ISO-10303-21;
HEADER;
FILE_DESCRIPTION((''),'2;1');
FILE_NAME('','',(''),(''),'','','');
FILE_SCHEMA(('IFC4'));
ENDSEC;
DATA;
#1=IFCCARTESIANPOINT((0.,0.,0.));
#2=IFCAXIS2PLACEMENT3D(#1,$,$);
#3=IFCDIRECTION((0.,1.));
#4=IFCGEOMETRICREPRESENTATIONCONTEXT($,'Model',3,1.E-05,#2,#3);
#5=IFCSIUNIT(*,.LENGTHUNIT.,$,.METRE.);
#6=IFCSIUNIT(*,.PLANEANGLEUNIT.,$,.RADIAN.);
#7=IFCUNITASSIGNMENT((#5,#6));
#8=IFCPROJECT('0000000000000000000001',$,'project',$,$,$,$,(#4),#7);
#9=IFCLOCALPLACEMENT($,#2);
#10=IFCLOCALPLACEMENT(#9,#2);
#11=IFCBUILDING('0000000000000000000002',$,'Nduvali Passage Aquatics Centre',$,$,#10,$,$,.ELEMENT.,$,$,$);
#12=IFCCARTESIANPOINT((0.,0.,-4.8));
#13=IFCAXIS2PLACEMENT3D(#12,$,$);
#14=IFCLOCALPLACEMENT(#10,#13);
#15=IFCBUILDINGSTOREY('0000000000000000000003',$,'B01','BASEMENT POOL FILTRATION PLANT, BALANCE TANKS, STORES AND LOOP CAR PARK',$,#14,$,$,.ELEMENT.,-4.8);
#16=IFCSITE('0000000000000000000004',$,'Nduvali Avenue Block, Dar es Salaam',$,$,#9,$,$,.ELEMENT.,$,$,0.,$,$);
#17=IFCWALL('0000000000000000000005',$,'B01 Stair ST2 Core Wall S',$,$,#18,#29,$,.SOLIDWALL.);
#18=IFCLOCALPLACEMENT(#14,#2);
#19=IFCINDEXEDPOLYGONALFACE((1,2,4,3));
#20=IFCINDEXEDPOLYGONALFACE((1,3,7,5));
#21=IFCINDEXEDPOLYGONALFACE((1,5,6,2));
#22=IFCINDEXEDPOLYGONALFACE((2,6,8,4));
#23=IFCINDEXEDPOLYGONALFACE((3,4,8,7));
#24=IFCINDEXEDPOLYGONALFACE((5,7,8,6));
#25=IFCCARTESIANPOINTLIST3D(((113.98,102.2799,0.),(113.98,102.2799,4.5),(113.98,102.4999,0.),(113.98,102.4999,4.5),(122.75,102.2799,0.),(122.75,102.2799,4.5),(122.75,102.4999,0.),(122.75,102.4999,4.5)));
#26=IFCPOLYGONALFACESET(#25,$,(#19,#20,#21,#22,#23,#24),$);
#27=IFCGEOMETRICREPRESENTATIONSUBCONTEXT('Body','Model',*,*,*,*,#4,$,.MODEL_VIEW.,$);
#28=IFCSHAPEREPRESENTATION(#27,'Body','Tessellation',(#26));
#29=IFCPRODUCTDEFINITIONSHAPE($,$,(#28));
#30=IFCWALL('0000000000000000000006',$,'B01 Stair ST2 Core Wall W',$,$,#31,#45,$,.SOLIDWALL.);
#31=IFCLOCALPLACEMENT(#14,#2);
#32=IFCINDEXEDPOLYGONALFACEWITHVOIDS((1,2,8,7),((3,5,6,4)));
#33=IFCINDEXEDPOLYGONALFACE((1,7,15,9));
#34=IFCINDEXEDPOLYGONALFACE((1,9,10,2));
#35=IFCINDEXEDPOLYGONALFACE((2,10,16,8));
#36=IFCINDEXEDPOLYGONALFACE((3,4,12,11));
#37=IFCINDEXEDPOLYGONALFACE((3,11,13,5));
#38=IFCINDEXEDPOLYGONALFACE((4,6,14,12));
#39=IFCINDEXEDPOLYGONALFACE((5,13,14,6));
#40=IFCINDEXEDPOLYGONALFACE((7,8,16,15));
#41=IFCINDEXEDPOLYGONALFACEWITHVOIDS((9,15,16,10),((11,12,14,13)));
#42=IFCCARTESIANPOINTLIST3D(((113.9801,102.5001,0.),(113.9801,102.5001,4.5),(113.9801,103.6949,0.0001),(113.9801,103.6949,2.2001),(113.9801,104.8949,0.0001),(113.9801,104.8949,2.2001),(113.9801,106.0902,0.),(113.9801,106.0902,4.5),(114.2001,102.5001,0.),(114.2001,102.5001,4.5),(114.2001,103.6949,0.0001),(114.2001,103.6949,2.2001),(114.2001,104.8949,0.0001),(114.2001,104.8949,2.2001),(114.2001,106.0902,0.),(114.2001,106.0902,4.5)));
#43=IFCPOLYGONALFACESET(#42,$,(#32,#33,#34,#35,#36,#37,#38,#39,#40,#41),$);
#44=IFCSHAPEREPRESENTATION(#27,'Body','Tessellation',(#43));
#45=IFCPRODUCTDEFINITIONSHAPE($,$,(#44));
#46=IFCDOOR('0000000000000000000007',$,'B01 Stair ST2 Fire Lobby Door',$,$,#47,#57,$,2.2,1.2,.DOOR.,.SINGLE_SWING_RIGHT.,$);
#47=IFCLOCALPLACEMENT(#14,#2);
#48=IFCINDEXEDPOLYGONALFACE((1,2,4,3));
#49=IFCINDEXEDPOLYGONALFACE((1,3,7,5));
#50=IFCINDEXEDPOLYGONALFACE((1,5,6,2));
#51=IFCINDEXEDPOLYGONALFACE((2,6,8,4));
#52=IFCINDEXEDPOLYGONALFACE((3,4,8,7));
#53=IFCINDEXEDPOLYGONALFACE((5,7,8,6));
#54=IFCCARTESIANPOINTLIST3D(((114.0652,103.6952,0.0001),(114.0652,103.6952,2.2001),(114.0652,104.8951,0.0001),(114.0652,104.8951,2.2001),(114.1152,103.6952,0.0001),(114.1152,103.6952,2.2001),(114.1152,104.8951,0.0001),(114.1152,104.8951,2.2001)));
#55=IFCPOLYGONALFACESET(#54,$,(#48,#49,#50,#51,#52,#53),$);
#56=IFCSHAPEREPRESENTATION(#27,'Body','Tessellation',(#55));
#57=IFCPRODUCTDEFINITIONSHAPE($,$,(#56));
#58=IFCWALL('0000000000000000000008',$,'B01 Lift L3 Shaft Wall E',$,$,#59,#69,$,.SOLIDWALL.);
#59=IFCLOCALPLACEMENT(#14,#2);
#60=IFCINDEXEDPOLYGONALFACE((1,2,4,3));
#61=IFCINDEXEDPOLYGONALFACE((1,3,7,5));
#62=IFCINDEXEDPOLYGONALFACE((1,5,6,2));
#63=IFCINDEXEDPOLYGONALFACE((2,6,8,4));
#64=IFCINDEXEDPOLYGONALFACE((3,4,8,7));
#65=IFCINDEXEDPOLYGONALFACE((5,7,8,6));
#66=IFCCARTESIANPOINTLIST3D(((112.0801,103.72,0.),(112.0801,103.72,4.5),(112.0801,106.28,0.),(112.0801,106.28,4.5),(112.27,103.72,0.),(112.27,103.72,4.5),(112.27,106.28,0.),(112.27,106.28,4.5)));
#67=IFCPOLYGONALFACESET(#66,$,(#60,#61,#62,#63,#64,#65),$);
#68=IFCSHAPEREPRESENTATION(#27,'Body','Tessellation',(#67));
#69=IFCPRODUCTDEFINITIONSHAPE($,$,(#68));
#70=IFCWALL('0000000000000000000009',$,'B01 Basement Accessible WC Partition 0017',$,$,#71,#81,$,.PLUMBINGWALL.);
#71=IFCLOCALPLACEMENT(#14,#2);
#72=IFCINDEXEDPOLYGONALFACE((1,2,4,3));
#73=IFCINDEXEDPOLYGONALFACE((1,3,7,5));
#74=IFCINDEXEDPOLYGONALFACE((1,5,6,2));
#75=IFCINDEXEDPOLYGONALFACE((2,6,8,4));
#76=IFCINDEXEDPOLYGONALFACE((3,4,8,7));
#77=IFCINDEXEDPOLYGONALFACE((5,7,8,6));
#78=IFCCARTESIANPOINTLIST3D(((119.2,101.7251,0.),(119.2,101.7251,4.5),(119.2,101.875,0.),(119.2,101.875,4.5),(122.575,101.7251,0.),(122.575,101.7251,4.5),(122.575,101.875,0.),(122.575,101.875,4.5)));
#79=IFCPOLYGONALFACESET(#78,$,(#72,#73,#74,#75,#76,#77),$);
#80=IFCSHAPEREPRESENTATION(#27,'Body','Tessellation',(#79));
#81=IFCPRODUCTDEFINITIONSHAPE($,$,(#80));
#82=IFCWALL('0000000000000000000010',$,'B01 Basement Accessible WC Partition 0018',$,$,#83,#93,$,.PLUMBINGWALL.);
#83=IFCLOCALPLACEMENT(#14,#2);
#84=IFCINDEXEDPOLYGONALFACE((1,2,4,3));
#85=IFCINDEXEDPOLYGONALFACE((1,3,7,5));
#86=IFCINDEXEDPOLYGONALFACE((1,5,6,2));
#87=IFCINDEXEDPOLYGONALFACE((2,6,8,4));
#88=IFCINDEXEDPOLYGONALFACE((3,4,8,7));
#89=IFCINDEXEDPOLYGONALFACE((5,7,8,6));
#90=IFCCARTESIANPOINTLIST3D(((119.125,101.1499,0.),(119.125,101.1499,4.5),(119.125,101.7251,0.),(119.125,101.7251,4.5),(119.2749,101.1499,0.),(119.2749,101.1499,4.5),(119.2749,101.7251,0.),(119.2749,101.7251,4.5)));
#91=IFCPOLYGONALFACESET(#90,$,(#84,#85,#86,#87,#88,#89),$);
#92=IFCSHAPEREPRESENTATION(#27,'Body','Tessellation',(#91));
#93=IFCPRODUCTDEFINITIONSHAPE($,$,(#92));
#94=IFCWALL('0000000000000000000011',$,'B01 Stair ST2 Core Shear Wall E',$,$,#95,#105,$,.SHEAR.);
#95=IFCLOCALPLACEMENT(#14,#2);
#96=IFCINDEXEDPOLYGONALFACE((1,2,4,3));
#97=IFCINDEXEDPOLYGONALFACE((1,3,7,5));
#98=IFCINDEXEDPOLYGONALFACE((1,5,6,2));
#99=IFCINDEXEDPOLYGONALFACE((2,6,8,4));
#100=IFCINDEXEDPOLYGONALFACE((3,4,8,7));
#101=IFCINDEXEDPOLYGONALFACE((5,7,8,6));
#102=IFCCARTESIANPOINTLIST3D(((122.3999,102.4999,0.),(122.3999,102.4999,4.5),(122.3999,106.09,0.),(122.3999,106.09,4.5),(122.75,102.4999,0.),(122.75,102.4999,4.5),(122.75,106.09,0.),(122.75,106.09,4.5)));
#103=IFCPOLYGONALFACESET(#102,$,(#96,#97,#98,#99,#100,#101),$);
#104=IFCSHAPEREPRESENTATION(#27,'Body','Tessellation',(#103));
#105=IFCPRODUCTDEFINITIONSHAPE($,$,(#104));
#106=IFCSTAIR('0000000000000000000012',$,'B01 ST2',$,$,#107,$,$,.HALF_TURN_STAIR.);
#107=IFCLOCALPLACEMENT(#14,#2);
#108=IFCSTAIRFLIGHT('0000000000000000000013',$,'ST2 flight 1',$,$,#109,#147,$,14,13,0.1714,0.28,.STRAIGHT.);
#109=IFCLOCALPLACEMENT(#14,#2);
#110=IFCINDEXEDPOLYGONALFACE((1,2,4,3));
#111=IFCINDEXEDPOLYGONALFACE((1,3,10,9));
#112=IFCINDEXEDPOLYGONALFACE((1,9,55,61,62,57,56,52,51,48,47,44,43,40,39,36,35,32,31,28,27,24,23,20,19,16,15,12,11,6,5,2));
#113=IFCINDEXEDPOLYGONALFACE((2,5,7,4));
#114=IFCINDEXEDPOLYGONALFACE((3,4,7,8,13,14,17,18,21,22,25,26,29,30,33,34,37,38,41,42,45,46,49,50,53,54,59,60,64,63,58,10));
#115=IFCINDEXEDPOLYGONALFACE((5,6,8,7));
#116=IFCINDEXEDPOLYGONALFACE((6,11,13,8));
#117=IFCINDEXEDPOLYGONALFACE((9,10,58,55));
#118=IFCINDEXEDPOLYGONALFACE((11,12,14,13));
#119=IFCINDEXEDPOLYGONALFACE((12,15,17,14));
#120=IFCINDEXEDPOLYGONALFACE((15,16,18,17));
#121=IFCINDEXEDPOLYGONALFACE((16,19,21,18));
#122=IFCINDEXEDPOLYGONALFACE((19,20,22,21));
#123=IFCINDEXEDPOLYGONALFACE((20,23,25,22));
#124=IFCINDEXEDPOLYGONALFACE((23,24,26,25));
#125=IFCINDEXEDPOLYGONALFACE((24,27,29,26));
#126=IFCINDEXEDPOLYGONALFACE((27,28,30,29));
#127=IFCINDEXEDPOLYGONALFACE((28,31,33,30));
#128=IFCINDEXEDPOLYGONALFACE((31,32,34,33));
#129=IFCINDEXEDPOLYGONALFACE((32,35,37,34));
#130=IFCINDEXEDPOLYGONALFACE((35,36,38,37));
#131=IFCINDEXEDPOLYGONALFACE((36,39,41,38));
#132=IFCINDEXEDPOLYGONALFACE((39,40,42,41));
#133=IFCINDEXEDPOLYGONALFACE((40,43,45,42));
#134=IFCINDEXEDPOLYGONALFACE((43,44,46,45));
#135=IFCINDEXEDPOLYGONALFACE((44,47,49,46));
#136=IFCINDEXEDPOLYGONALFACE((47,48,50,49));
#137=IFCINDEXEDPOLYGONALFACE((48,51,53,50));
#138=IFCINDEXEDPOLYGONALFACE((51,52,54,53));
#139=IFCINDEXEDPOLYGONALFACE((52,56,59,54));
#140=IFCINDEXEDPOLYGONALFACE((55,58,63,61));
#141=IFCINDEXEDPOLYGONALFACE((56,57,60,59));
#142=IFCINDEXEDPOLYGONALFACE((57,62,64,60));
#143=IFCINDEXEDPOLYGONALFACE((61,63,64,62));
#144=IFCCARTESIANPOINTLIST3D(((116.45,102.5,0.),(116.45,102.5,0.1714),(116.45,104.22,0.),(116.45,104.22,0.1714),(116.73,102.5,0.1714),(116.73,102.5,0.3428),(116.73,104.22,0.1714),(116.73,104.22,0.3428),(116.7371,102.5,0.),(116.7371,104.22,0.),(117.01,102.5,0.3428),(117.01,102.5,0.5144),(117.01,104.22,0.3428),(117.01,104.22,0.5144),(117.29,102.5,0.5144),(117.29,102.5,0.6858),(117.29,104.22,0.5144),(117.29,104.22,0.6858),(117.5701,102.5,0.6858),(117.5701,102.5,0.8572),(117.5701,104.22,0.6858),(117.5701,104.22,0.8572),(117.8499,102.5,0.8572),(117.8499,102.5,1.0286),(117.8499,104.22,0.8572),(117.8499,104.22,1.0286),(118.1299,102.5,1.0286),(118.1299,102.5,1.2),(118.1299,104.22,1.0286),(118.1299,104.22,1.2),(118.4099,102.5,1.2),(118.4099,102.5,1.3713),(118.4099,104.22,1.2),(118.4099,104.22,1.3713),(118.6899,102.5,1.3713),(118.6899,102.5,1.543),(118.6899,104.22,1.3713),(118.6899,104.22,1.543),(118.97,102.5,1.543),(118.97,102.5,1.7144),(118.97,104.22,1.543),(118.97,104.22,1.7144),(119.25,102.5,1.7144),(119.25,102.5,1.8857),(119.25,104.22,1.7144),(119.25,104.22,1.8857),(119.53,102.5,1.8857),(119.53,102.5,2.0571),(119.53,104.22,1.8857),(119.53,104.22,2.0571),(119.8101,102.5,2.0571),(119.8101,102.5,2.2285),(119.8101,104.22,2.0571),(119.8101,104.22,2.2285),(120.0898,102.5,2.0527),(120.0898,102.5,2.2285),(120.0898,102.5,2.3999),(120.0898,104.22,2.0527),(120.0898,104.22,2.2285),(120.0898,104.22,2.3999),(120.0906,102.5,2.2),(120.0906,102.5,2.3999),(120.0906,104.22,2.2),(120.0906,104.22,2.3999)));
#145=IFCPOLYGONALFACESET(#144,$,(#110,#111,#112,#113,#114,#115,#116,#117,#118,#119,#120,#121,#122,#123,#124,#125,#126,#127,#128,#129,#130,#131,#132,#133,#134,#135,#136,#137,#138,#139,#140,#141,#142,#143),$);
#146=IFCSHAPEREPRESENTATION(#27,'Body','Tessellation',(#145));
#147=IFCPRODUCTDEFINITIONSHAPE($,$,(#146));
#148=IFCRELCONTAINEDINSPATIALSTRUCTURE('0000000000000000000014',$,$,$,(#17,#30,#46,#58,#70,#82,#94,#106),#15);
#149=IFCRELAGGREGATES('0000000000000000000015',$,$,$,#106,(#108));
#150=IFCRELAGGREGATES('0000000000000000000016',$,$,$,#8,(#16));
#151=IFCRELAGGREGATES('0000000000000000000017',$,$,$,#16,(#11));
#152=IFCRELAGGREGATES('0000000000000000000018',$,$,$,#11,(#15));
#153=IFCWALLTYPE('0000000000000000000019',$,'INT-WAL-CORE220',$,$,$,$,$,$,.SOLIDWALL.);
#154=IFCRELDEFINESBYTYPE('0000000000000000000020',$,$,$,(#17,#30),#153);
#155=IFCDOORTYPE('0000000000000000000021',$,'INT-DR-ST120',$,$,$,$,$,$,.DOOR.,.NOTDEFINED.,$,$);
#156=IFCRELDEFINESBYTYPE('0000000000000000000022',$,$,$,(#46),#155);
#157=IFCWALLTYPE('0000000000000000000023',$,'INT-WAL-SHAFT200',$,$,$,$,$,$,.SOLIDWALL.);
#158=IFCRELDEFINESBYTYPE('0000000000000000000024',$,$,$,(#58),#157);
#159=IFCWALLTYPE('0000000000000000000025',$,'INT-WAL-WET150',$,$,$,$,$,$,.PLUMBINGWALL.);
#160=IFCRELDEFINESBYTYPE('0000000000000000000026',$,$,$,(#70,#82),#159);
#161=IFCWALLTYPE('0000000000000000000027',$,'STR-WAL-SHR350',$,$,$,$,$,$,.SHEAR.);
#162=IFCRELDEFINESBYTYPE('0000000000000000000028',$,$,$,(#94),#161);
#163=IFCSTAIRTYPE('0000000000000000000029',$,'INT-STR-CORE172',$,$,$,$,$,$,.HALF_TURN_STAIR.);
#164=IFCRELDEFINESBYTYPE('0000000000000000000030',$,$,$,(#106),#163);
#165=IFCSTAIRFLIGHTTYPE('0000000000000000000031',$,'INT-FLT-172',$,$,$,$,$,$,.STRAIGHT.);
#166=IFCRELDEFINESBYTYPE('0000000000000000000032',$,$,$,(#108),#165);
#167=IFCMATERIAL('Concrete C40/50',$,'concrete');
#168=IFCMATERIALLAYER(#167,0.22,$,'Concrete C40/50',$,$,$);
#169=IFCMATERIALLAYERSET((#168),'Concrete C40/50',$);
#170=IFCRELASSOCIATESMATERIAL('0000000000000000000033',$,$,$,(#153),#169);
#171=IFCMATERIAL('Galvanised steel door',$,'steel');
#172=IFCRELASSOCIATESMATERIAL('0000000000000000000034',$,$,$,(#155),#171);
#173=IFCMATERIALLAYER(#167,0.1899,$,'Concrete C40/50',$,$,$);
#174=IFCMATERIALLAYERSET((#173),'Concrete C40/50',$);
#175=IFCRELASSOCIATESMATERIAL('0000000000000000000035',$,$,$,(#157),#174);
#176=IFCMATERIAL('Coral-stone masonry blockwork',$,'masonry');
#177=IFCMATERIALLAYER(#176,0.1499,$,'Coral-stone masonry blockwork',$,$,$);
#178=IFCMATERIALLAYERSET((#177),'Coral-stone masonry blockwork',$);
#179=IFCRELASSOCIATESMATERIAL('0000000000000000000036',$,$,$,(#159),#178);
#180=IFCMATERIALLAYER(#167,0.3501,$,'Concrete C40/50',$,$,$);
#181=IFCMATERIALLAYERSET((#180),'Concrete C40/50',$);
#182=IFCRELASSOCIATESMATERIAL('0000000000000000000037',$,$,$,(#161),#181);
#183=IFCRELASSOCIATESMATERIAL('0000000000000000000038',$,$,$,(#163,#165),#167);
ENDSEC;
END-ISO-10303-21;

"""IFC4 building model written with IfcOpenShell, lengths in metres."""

from ifc_helpers import new_model, si_unit, direction, frame, frame_2d, origin, place, context, subcontext, project, spatial, polyline, rectangle, outline, extrude, material, layer, layer_set, type_object, element, fill, aggregate, save


model = new_model("IFC4")

# Units and contexts
model_context = context("Model", 3, precision=1e-05, world=origin(), true_north=direction((0.0, 1.0)))
body_context = subcontext(model_context, "Body", "Model", "MODEL_VIEW")
ifc_project = project(units=[si_unit("LENGTHUNIT", "METRE"), si_unit("PLANEANGLEUNIT", "RADIAN")], contexts=[model_context])

# Site, building, storey
site_placement = place(None, origin())
site = spatial("IfcSite", under=ifc_project, at=site_placement, Name="Nduvali Avenue Block, Dar es Salaam", CompositionType="ELEMENT", RefElevation=0.0)
building_placement = place(site_placement, origin())
building = spatial("IfcBuilding", under=site, at=building_placement, Name="Nduvali Passage Aquatics Centre", CompositionType="ELEMENT")
storey_placement = place(building_placement, frame((0.0, 0.0, -4.8)))
storey = spatial("IfcBuildingStorey", under=building, at=storey_placement, Name="B01", Description="BASEMENT POOL FILTRATION PLANT, BALANCE TANKS, STORES AND LOOP CAR PARK", CompositionType="ELEMENT", Elevation=-4.8)

# Shared definitions
ifc_material_1 = material(Name="Concrete C40/50", Category="concrete")

# Wall
ifc_layer_1 = layer(ifc_material_1, 0.22, Name="Concrete C40/50")
ifc_layer_set_1 = layer_set([ifc_layer_1], Name="Concrete C40/50")
wall_type_1 = type_object("IfcWallType", Name="INT-WAL-CORE220", PredefinedType="SOLIDWALL", material=ifc_layer_set_1)
wall_1_placement = place(storey_placement, frame((113.98, 102.3899, 0.0), z_axis=(0.0, 0.0, 1.0), x_axis=(1.0, 0.0, 0.0)))
element("IfcWall", 1, at=wall_1_placement, inside=storey, type_object=wall_type_1, Name="B01 Stair ST2 Core Wall S", PredefinedType="SOLIDWALL", context=body_context, shape_type="SweptSolid", body=[
    extrude(rectangle(XDim=8.77, YDim=0.22, at=frame_2d((4.385, 0.0))), origin(), (0.0, 0.0, 1.0), 4.5),
])

# Wall, opening, door
wall_2_placement = place(storey_placement, frame((114.0901, 106.0901, 0.0), z_axis=(0.0, 0.0, 1.0), x_axis=(0.0, -1.0, 0.0)))
wall_2 = element("IfcWall", 2, at=wall_2_placement, inside=storey, type_object=wall_type_1, Name="B01 Stair ST2 Core Wall W", PredefinedType="SOLIDWALL", context=body_context, shape_type="SweptSolid", body=[
    extrude(rectangle(XDim=3.5901, YDim=0.22, at=frame_2d((1.7949, 0.0))), origin(), (0.0, 0.0, 1.0), 4.5),
])
opening_placement = place(wall_2_placement, frame((1.1951, 0.0, 0.0)))
opening = element("IfcOpeningElement", 3, at=opening_placement, cuts=wall_2, PredefinedType="OPENING", context=body_context, shape_type="SweptSolid", body=[
    extrude(rectangle(XDim=1.2, YDim=2.2, at=frame_2d((0.6001, 1.1001))), frame((0.0, 0.125, 0.0), z_axis=(0.0, -1.0, 0.0), x_axis=(1.0, 0.0, 0.0)), (0.0, 0.0, 1.0), 0.2498),
])
ifc_material_2 = material(Name="Galvanised steel door", Category="steel")
door_type = type_object("IfcDoorType", Name="INT-DR-ST120", OperationType="NOTDEFINED", PredefinedType="DOOR", material=ifc_material_2)
door_placement = place(opening_placement, frame((1.2, 0.0, 0.0), z_axis=(0.0, 0.0, 1.0), x_axis=(-1.0, 0.0, 0.0)))
door = element("IfcDoor", 4, at=door_placement, inside=storey, type_object=door_type, Name="B01 Stair ST2 Fire Lobby Door", OperationType="SINGLE_SWING_RIGHT", OverallHeight=2.2, OverallWidth=1.2, PredefinedType="DOOR", context=body_context, shape_type="SweptSolid", body=[
    extrude(rectangle(XDim=1.2, YDim=2.2, at=frame_2d((0.6001, 1.1001))), frame((0.0, 0.0249, 0.0), z_axis=(0.0, -1.0, 0.0), x_axis=(1.0, 0.0, 0.0)), (0.0, 0.0, 1.0), 0.05),
])
fill(opening, door)

# Walls
ifc_layer_2 = layer(ifc_material_1, 0.1899, Name="Concrete C40/50")
ifc_layer_set_2 = layer_set([ifc_layer_2], Name="Concrete C40/50")
wall_type_2 = type_object("IfcWallType", Name="INT-WAL-SHAFT200", PredefinedType="SOLIDWALL", material=ifc_layer_set_2)
wall_3_placement = place(storey_placement, frame((112.175, 103.72, 0.0), z_axis=(0.0, 0.0, 1.0), x_axis=(0.0, 1.0, 0.0)))
element("IfcWall", 5, at=wall_3_placement, inside=storey, type_object=wall_type_2, Name="B01 Lift L3 Shaft Wall E", PredefinedType="SOLIDWALL", context=body_context, shape_type="SweptSolid", body=[
    extrude(rectangle(XDim=2.5601, YDim=0.1899, at=frame_2d((1.28, 0.0))), origin(), (0.0, 0.0, 1.0), 4.5),
])
ifc_material_3 = material(Name="Coral-stone masonry blockwork", Category="masonry")
ifc_layer_3 = layer(ifc_material_3, 0.1499, Name="Coral-stone masonry blockwork")
ifc_layer_set_3 = layer_set([ifc_layer_3], Name="Coral-stone masonry blockwork")
wall_type_3 = type_object("IfcWallType", Name="INT-WAL-WET150", PredefinedType="PLUMBINGWALL", material=ifc_layer_set_3)
wall_4_placement = place(storey_placement, frame((119.2, 101.8, 0.0), z_axis=(0.0, 0.0, 1.0), x_axis=(1.0, 0.0, 0.0)))
element("IfcWall", 6, at=wall_4_placement, inside=storey, type_object=wall_type_3, Name="B01 Basement Accessible WC Partition 0017", PredefinedType="PLUMBINGWALL", context=body_context, shape_type="SweptSolid", body=[
    extrude(rectangle(XDim=3.375, YDim=0.1499, at=frame_2d((1.6875, 0.0))), origin(), (0.0, 0.0, 1.0), 4.5),
])
wall_5_placement = place(storey_placement, frame((119.2, 101.1499, 0.0), z_axis=(0.0, 0.0, 1.0), x_axis=(0.0, 1.0, 0.0)))
element("IfcWall", 7, at=wall_5_placement, inside=storey, type_object=wall_type_3, Name="B01 Basement Accessible WC Partition 0018", PredefinedType="PLUMBINGWALL", context=body_context, shape_type="SweptSolid", body=[
    extrude(rectangle(XDim=0.5752, YDim=0.1499, at=frame_2d((0.2876, 0.0))), origin(), (0.0, 0.0, 1.0), 4.5),
])
ifc_layer_4 = layer(ifc_material_1, 0.3501, Name="Concrete C40/50")
ifc_layer_set_4 = layer_set([ifc_layer_4], Name="Concrete C40/50")
wall_type_4 = type_object("IfcWallType", Name="STR-WAL-SHR350", PredefinedType="SHEAR", material=ifc_layer_set_4)
wall_6_placement = place(storey_placement, frame((122.575, 102.5, 0.0), z_axis=(0.0, 0.0, 1.0), x_axis=(0.0, 1.0, 0.0)))
element("IfcWall", 8, at=wall_6_placement, inside=storey, type_object=wall_type_4, Name="B01 Stair ST2 Core Shear Wall E", PredefinedType="SHEAR", context=body_context, shape_type="SweptSolid", body=[
    extrude(rectangle(XDim=3.5901, YDim=0.3501, at=frame_2d((1.7949, 0.0))), origin(), (0.0, 0.0, 1.0), 4.5),
])

# Stair, stair flight
stair_type = type_object("IfcStairType", Name="INT-STR-CORE172", PredefinedType="HALF_TURN_STAIR", material=ifc_material_1)
stair_placement = place(storey_placement, origin())
stair = element("IfcStair", 9, at=stair_placement, inside=storey, type_object=stair_type, Name="B01 ST2", PredefinedType="HALF_TURN_STAIR")
stair_flight_type = type_object("IfcStairFlightType", Name="INT-FLT-172", PredefinedType="STRAIGHT", material=ifc_material_1)
stair_flight_1_placement = place(storey_placement, frame((116.45, 103.3601, 0.0), z_axis=(0.0, 0.0, 1.0), x_axis=(1.0, 0.0, 0.0)))
stair_flight_1 = element("IfcStairFlight", 10, at=stair_flight_1_placement, type_object=stair_flight_type, Name="ST2 flight 1", NumberOfRisers=14, NumberOfTreads=13, PredefinedType="STRAIGHT", RiserHeight=0.1714, TreadLength=0.28, context=body_context, shape_type="SweptSolid", body=[
    extrude(outline(polyline([(0.0, 0.0), (0.0, 0.1714), (0.28, 0.1714), (0.28, 0.3428), (0.5601, 0.3428), (0.5601, 0.5144), (0.8401, 0.5144), (0.8401, 0.6858), (1.1201, 0.6858), (1.1201, 0.8572), (1.3999, 0.8572), (1.3999, 1.0286), (1.6799, 1.0286), (1.6799, 1.2), (1.96, 1.2), (1.96, 1.3713), (2.24, 1.3713), (2.24, 1.543), (2.52, 1.543), (2.52, 1.7144), (2.8, 1.7144), (2.8, 1.8857), (3.0801, 1.8857), (3.0801, 2.0571), (3.3601, 2.0571), (3.3601, 2.2285), (3.6399, 2.2285), (3.6399, 2.3999), (3.6406, 2.3999), (3.6406, 2.2), (3.6399, 2.0527), (0.2871, 0.0), (0.0, 0.0)])), frame((0.0, 0.8599, 0.0), z_axis=(0.0, -1.0, 0.0), x_axis=(1.0, 0.0, 0.0)), (0.0, 0.0, 1.0), 1.72),
])
aggregate(stair, [stair_flight_1])

save(model, "model.ifc")
